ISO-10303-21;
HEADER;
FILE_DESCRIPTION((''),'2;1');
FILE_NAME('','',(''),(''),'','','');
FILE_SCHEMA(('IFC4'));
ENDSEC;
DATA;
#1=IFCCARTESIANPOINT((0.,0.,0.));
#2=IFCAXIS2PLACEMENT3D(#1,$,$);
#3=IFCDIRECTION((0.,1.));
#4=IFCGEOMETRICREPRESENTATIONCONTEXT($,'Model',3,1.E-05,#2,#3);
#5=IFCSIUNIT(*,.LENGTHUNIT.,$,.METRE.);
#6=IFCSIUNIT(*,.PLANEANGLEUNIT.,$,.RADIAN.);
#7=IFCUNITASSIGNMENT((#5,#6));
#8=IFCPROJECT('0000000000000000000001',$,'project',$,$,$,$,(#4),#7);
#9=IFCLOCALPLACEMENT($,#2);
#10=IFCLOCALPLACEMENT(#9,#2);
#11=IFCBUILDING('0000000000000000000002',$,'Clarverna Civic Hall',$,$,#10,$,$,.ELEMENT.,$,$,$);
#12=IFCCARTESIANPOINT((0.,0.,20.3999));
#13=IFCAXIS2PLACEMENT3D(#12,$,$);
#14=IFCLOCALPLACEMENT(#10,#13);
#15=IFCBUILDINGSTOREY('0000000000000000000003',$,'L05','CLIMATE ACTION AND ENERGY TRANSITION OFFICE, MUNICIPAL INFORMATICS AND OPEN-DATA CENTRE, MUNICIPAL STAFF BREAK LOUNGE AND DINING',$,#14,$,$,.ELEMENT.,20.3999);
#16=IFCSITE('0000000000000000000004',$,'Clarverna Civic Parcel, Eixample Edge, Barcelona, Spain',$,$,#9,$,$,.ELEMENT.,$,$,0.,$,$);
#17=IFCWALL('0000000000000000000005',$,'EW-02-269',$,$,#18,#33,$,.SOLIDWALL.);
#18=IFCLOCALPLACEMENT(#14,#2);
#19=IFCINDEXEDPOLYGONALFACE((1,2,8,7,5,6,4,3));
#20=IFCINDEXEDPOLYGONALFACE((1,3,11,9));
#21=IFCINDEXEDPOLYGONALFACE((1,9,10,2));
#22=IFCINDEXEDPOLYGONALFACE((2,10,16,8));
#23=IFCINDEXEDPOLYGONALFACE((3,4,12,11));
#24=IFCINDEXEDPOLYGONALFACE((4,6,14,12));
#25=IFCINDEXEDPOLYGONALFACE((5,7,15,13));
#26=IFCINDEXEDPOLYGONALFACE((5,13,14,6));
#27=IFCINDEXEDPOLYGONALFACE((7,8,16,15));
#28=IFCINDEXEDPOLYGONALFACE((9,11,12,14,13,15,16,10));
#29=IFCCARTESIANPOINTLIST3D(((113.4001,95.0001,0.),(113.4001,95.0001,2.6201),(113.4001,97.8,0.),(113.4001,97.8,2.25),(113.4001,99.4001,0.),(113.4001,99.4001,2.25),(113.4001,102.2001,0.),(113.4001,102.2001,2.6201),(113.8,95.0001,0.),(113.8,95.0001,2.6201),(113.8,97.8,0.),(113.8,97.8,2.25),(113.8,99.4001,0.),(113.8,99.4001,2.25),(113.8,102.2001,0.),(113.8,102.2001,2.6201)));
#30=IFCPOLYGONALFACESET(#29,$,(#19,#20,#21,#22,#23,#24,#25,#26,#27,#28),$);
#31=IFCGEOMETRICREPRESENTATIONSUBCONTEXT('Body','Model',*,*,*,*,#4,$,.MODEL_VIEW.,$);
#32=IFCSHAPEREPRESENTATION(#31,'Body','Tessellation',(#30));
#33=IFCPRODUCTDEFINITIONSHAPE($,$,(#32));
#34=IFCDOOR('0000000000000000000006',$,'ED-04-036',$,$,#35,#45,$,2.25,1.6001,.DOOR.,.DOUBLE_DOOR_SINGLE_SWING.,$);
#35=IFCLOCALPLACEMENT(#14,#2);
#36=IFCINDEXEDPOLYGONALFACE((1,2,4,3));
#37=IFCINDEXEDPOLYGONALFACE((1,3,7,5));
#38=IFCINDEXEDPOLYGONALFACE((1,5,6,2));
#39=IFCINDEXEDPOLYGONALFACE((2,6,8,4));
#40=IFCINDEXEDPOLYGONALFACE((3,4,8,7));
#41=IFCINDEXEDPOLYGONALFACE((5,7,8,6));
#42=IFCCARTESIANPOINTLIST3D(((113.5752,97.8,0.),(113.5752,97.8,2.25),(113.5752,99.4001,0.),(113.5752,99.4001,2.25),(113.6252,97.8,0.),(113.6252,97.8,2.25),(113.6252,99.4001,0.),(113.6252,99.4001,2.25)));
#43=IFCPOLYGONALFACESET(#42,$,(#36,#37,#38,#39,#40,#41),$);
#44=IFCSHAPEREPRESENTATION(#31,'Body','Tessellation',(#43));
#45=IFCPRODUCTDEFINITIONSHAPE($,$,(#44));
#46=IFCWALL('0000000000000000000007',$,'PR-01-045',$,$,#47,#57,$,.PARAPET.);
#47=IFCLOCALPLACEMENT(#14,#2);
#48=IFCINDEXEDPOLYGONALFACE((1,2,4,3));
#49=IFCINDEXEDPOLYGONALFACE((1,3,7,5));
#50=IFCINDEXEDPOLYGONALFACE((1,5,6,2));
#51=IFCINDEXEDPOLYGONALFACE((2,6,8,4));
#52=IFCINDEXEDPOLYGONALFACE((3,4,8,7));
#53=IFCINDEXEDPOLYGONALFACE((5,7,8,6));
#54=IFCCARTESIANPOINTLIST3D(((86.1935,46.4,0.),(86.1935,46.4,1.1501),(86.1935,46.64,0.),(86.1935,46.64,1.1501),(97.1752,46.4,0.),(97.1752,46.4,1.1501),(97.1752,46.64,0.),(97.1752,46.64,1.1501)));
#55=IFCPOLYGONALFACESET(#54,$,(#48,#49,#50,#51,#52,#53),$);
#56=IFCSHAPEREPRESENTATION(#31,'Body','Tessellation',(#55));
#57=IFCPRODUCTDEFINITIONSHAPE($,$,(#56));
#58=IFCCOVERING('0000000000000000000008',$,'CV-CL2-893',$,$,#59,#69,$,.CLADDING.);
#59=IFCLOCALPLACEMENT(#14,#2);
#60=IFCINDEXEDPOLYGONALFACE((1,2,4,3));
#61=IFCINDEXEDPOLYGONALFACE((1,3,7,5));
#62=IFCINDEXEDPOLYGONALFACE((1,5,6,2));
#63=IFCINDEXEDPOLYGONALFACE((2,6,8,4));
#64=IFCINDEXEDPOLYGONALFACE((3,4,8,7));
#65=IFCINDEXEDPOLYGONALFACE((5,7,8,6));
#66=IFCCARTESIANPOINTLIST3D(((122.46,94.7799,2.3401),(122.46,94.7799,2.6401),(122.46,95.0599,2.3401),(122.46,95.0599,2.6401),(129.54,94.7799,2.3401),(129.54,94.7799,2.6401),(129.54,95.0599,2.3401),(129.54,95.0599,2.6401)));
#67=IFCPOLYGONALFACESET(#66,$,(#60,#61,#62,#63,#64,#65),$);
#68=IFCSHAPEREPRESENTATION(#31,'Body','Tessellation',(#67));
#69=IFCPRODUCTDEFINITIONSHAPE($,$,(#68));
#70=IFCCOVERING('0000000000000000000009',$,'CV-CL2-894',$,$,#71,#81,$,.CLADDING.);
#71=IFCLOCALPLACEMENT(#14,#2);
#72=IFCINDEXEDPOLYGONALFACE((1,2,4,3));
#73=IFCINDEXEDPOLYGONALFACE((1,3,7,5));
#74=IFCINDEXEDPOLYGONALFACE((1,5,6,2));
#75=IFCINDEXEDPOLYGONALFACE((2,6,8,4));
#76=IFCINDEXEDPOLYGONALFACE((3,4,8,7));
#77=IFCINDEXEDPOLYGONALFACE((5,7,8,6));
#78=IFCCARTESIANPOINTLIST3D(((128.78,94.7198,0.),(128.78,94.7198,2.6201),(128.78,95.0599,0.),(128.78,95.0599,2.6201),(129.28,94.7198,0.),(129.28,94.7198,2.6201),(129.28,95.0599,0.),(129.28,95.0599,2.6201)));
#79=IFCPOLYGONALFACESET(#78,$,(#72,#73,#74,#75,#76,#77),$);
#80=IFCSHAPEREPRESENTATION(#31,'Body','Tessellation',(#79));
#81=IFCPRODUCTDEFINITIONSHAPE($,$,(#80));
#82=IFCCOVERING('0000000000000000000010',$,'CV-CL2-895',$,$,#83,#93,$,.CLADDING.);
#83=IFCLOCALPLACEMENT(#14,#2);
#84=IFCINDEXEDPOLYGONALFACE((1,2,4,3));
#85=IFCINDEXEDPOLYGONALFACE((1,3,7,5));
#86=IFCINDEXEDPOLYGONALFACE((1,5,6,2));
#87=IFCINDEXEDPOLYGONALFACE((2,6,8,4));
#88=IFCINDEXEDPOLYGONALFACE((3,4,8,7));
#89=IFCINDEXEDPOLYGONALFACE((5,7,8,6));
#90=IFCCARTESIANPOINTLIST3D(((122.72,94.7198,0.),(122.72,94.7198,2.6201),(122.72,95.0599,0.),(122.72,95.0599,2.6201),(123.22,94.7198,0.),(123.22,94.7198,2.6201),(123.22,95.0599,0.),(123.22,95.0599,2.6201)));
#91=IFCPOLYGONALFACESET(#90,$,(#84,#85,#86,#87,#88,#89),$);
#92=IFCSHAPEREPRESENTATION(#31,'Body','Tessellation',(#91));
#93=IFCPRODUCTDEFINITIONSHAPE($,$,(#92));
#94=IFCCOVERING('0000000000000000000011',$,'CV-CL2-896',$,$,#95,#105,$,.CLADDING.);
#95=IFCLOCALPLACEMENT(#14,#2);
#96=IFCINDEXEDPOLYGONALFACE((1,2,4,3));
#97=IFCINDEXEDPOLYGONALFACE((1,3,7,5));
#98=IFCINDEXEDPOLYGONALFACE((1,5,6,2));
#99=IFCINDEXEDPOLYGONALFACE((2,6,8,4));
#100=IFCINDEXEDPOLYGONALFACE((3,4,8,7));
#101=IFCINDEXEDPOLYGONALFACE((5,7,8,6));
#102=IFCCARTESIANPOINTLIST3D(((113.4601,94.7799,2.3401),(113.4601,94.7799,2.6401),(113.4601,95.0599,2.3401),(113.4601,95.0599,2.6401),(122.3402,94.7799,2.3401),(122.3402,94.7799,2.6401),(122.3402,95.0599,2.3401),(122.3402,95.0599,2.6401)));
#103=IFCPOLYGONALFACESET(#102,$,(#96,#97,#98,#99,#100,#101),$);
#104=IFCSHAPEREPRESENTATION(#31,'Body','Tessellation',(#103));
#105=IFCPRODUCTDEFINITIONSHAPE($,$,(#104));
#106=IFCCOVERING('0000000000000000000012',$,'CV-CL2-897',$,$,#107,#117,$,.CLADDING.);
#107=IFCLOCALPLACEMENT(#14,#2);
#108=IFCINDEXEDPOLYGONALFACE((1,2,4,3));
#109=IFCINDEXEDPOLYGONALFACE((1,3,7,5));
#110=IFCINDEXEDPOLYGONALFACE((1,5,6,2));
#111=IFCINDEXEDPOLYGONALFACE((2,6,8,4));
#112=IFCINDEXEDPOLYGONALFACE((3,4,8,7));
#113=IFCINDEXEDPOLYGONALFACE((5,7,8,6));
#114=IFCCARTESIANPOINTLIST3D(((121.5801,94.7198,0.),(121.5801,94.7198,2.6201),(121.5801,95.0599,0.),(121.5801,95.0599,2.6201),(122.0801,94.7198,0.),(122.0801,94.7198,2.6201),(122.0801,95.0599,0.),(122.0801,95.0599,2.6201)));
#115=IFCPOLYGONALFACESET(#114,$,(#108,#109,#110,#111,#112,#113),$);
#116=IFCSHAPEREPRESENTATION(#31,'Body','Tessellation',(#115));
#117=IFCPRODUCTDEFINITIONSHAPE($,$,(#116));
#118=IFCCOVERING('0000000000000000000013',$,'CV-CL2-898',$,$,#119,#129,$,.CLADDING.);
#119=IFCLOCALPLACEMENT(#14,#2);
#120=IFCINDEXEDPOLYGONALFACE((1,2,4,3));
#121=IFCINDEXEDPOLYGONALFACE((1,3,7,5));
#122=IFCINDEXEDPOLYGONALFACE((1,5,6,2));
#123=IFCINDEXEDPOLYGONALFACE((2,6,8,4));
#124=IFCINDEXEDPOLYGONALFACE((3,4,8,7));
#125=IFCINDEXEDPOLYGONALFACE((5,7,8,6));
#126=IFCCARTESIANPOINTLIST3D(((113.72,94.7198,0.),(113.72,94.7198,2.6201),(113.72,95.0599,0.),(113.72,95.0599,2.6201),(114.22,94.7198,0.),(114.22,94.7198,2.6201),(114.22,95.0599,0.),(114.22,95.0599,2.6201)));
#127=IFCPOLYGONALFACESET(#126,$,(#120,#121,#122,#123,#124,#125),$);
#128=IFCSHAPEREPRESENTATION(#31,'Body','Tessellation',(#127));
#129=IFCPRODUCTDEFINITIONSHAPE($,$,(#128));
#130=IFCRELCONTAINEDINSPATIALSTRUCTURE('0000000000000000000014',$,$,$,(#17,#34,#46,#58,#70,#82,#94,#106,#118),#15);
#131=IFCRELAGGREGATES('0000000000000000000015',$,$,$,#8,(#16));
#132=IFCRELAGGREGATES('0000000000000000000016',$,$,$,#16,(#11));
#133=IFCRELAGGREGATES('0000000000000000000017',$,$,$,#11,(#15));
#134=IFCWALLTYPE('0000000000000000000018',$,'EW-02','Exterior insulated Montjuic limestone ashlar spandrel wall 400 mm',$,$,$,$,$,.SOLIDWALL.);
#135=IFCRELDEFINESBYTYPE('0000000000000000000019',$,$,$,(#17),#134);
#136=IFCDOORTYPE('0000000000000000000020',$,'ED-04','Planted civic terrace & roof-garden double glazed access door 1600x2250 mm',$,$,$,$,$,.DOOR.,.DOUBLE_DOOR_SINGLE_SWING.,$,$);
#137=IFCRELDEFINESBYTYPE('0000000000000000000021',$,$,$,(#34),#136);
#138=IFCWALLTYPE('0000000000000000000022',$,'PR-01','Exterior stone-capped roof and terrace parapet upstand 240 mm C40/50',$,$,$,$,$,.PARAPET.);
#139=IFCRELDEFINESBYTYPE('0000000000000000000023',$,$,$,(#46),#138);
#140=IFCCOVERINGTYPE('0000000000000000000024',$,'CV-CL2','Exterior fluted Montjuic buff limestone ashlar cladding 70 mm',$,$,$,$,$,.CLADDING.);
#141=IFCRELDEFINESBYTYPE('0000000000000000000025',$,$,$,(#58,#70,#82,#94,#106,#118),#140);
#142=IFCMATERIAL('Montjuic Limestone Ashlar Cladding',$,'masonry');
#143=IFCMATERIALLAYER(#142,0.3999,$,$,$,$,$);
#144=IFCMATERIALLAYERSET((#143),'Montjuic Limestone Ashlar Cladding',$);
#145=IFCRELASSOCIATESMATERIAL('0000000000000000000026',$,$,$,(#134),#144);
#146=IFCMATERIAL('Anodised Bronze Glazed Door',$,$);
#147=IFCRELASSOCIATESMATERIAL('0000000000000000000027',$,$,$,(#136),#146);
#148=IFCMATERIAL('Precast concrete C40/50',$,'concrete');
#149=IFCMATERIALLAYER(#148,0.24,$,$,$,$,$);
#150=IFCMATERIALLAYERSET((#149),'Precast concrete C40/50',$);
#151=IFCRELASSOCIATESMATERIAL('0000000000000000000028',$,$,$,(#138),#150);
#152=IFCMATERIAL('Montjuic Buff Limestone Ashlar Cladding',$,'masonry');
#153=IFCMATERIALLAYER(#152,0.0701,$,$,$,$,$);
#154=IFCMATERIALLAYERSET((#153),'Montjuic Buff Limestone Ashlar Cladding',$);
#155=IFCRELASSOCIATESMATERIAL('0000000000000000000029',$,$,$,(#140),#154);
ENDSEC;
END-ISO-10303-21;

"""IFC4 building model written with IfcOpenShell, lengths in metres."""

from ifc_helpers import new_model, si_unit, direction, frame, frame_2d, origin, place, context, subcontext, project, spatial, rectangle, extrude, material, layer, layer_set, type_object, element, fill, save


model = new_model("IFC4")

# Units and contexts
model_context = context("Model", 3, precision=1e-05, world=origin(), true_north=direction((0.0, 1.0)))
body_context = subcontext(model_context, "Body", "Model", "MODEL_VIEW")
ifc_project = project(units=[si_unit("LENGTHUNIT", "METRE"), si_unit("PLANEANGLEUNIT", "RADIAN")], contexts=[model_context])

# Site, building, storey
site_placement = place(None, origin())
site = spatial("IfcSite", under=ifc_project, at=site_placement, Name="Clarverna Civic Parcel, Eixample Edge, Barcelona, Spain", CompositionType="ELEMENT", RefElevation=0.0)
building_placement = place(site_placement, origin())
building = spatial("IfcBuilding", under=site, at=building_placement, Name="Clarverna Civic Hall", CompositionType="ELEMENT")
storey_placement = place(building_placement, frame((0.0, 0.0, 20.3999)))
storey = spatial("IfcBuildingStorey", under=building, at=storey_placement, Name="L05", Description="CLIMATE ACTION AND ENERGY TRANSITION OFFICE, MUNICIPAL INFORMATICS AND OPEN-DATA CENTRE, MUNICIPAL STAFF BREAK LOUNGE AND DINING", CompositionType="ELEMENT", Elevation=20.3999)

# Shared definitions
ifc_material_1 = material(Name="Montjuic Limestone Ashlar Cladding", Category="masonry")
ifc_layer_1 = layer(ifc_material_1, 0.3999)
ifc_layer_set_1 = layer_set([ifc_layer_1], Name="Montjuic Limestone Ashlar Cladding")
wall_type_1 = type_object("IfcWallType", Name="EW-02", Description="Exterior insulated Montjuic limestone ashlar spandrel wall 400 mm", PredefinedType="SOLIDWALL", material=ifc_layer_set_1)

# Wall, opening, door
wall_1_placement = place(storey_placement, frame((113.6001, 95.0, 0.0), z_axis=(0.0, 0.0, 1.0), x_axis=(0.0, 1.0, 0.0)))
wall_1 = element("IfcWall", 1, at=wall_1_placement, inside=storey, type_object=wall_type_1, Name="EW-02-269", PredefinedType="SOLIDWALL", context=body_context, shape_type="SweptSolid", body=[
    extrude(rectangle(XDim=7.2, YDim=0.3999, at=frame_2d((3.6001, 0.0))), origin(), (0.0, 0.0, 1.0), 2.6201),
])
opening_1_placement = place(wall_1_placement, frame((2.8, 0.0, 0.0)))
opening_1 = element("IfcOpeningElement", 2, at=opening_1_placement, cuts=wall_1, PredefinedType="OPENING", context=body_context, shape_type="SweptSolid", body=[
    extrude(rectangle(XDim=1.6001, YDim=2.25, at=frame_2d((0.8, 1.125))), frame((0.0, 0.21, 0.0), z_axis=(0.0, -1.0, 0.0), x_axis=(1.0, 0.0, 0.0)), (0.0, 0.0, 1.0), 0.4199),
])
ifc_material_2 = material(Name="Anodised Bronze Glazed Door")
door_type = type_object("IfcDoorType", Name="ED-04", Description="Planted civic terrace & roof-garden double glazed access door 1600x2250 mm", OperationType="DOUBLE_DOOR_SINGLE_SWING", PredefinedType="DOOR", material=ifc_material_2)
door_placement = place(opening_1_placement, origin())
door = element("IfcDoor", 3, at=door_placement, inside=storey, type_object=door_type, Name="ED-04-036", OperationType="DOUBLE_DOOR_SINGLE_SWING", OverallHeight=2.25, OverallWidth=1.6001, PredefinedType="DOOR", context=body_context, shape_type="SweptSolid", body=[
    extrude(rectangle(XDim=1.6001, YDim=2.25, at=frame_2d((0.8, 1.125))), frame((0.0, 0.0249, 0.0), z_axis=(0.0, -1.0, 0.0), x_axis=(1.0, 0.0, 0.0)), (0.0, 0.0, 1.0), 0.05),
])
fill(opening_1, door)

# Wall
ifc_material_3 = material(Name="Precast concrete C40/50", Category="concrete")
ifc_layer_2 = layer(ifc_material_3, 0.24)
ifc_layer_set_2 = layer_set([ifc_layer_2], Name="Precast concrete C40/50")
wall_type_2 = type_object("IfcWallType", Name="PR-01", Description="Exterior stone-capped roof and terrace parapet upstand 240 mm C40/50", PredefinedType="PARAPET", material=ifc_layer_set_2)
wall_2_placement = place(storey_placement, frame((97.175, 46.52, 0.0), z_axis=(0.0, 0.0, 1.0), x_axis=(-1.0, 0.0, 0.0)))
element("IfcWall", 4, at=wall_2_placement, inside=storey, type_object=wall_type_2, Name="PR-01-045", PredefinedType="PARAPET", context=body_context, shape_type="SweptSolid", body=[
    extrude(rectangle(XDim=10.9817, YDim=0.24, at=frame_2d((5.4907, 0.0))), origin(), (0.0, 0.0, 1.0), 1.1501),
])

# Coverings
ifc_material_4 = material(Name="Montjuic Buff Limestone Ashlar Cladding", Category="masonry")
ifc_layer_3 = layer(ifc_material_4, 0.0701)
ifc_layer_set_3 = layer_set([ifc_layer_3], Name="Montjuic Buff Limestone Ashlar Cladding")
covering_type = type_object("IfcCoveringType", Name="CV-CL2", Description="Exterior fluted Montjuic buff limestone ashlar cladding 70 mm", PredefinedType="CLADDING", material=ifc_layer_set_3)
covering_1_placement = place(storey_placement, frame((129.54, 94.9199, 2.3401), z_axis=(0.0, 0.0, 1.0), x_axis=(-1.0, 0.0, 0.0)))
element("IfcCovering", 5, at=covering_1_placement, inside=storey, type_object=covering_type, Name="CV-CL2-893", PredefinedType="CLADDING", context=body_context, shape_type="SweptSolid", body=[
    extrude(rectangle(XDim=7.0801, YDim=0.28, at=frame_2d((3.54, 0.0))), origin(), (0.0, 0.0, 1.0), 0.3),
])
for number, where, z_axis, x_axis, name in (
    (6, (129.28, 94.8899, 0.0), (0.0, 0.0, 1.0), (-1.0, 0.0, 0.0), "CV-CL2-894"),
    (7, (123.22, 94.8899, 0.0), (0.0, 0.0, 1.0), (-1.0, 0.0, 0.0), "CV-CL2-895"),
):
    element("IfcCovering", number, at=place(storey_placement, frame(where, z_axis=z_axis, x_axis=x_axis)), inside=storey, type_object=covering_type, Name=name, PredefinedType="CLADDING", context=body_context, shape_type="SweptSolid", body=[
        extrude(rectangle(XDim=0.5, YDim=0.3401, at=frame_2d((0.25, 0.0))), origin(), (0.0, 0.0, 1.0), 2.6201),
    ])
covering_2_placement = place(storey_placement, frame((122.3401, 94.9199, 2.3401), z_axis=(0.0, 0.0, 1.0), x_axis=(-1.0, 0.0, 0.0)))
element("IfcCovering", 8, at=covering_2_placement, inside=storey, type_object=covering_type, Name="CV-CL2-896", PredefinedType="CLADDING", context=body_context, shape_type="SweptSolid", body=[
    extrude(rectangle(XDim=8.8801, YDim=0.28, at=frame_2d((4.4399, 0.0))), origin(), (0.0, 0.0, 1.0), 0.3),
])
for number, where, z_axis, x_axis, name in (
    (9, (122.0801, 94.8899, 0.0), (0.0, 0.0, 1.0), (-1.0, 0.0, 0.0), "CV-CL2-897"),
    (10, (114.22, 94.8899, 0.0), (0.0, 0.0, 1.0), (-1.0, 0.0, 0.0), "CV-CL2-898"),
):
    element("IfcCovering", number, at=place(storey_placement, frame(where, z_axis=z_axis, x_axis=x_axis)), inside=storey, type_object=covering_type, Name=name, PredefinedType="CLADDING", context=body_context, shape_type="SweptSolid", body=[
        extrude(rectangle(XDim=0.5, YDim=0.3401, at=frame_2d((0.25, 0.0))), origin(), (0.0, 0.0, 1.0), 2.6201),
    ])

save(model, "model.ifc")
